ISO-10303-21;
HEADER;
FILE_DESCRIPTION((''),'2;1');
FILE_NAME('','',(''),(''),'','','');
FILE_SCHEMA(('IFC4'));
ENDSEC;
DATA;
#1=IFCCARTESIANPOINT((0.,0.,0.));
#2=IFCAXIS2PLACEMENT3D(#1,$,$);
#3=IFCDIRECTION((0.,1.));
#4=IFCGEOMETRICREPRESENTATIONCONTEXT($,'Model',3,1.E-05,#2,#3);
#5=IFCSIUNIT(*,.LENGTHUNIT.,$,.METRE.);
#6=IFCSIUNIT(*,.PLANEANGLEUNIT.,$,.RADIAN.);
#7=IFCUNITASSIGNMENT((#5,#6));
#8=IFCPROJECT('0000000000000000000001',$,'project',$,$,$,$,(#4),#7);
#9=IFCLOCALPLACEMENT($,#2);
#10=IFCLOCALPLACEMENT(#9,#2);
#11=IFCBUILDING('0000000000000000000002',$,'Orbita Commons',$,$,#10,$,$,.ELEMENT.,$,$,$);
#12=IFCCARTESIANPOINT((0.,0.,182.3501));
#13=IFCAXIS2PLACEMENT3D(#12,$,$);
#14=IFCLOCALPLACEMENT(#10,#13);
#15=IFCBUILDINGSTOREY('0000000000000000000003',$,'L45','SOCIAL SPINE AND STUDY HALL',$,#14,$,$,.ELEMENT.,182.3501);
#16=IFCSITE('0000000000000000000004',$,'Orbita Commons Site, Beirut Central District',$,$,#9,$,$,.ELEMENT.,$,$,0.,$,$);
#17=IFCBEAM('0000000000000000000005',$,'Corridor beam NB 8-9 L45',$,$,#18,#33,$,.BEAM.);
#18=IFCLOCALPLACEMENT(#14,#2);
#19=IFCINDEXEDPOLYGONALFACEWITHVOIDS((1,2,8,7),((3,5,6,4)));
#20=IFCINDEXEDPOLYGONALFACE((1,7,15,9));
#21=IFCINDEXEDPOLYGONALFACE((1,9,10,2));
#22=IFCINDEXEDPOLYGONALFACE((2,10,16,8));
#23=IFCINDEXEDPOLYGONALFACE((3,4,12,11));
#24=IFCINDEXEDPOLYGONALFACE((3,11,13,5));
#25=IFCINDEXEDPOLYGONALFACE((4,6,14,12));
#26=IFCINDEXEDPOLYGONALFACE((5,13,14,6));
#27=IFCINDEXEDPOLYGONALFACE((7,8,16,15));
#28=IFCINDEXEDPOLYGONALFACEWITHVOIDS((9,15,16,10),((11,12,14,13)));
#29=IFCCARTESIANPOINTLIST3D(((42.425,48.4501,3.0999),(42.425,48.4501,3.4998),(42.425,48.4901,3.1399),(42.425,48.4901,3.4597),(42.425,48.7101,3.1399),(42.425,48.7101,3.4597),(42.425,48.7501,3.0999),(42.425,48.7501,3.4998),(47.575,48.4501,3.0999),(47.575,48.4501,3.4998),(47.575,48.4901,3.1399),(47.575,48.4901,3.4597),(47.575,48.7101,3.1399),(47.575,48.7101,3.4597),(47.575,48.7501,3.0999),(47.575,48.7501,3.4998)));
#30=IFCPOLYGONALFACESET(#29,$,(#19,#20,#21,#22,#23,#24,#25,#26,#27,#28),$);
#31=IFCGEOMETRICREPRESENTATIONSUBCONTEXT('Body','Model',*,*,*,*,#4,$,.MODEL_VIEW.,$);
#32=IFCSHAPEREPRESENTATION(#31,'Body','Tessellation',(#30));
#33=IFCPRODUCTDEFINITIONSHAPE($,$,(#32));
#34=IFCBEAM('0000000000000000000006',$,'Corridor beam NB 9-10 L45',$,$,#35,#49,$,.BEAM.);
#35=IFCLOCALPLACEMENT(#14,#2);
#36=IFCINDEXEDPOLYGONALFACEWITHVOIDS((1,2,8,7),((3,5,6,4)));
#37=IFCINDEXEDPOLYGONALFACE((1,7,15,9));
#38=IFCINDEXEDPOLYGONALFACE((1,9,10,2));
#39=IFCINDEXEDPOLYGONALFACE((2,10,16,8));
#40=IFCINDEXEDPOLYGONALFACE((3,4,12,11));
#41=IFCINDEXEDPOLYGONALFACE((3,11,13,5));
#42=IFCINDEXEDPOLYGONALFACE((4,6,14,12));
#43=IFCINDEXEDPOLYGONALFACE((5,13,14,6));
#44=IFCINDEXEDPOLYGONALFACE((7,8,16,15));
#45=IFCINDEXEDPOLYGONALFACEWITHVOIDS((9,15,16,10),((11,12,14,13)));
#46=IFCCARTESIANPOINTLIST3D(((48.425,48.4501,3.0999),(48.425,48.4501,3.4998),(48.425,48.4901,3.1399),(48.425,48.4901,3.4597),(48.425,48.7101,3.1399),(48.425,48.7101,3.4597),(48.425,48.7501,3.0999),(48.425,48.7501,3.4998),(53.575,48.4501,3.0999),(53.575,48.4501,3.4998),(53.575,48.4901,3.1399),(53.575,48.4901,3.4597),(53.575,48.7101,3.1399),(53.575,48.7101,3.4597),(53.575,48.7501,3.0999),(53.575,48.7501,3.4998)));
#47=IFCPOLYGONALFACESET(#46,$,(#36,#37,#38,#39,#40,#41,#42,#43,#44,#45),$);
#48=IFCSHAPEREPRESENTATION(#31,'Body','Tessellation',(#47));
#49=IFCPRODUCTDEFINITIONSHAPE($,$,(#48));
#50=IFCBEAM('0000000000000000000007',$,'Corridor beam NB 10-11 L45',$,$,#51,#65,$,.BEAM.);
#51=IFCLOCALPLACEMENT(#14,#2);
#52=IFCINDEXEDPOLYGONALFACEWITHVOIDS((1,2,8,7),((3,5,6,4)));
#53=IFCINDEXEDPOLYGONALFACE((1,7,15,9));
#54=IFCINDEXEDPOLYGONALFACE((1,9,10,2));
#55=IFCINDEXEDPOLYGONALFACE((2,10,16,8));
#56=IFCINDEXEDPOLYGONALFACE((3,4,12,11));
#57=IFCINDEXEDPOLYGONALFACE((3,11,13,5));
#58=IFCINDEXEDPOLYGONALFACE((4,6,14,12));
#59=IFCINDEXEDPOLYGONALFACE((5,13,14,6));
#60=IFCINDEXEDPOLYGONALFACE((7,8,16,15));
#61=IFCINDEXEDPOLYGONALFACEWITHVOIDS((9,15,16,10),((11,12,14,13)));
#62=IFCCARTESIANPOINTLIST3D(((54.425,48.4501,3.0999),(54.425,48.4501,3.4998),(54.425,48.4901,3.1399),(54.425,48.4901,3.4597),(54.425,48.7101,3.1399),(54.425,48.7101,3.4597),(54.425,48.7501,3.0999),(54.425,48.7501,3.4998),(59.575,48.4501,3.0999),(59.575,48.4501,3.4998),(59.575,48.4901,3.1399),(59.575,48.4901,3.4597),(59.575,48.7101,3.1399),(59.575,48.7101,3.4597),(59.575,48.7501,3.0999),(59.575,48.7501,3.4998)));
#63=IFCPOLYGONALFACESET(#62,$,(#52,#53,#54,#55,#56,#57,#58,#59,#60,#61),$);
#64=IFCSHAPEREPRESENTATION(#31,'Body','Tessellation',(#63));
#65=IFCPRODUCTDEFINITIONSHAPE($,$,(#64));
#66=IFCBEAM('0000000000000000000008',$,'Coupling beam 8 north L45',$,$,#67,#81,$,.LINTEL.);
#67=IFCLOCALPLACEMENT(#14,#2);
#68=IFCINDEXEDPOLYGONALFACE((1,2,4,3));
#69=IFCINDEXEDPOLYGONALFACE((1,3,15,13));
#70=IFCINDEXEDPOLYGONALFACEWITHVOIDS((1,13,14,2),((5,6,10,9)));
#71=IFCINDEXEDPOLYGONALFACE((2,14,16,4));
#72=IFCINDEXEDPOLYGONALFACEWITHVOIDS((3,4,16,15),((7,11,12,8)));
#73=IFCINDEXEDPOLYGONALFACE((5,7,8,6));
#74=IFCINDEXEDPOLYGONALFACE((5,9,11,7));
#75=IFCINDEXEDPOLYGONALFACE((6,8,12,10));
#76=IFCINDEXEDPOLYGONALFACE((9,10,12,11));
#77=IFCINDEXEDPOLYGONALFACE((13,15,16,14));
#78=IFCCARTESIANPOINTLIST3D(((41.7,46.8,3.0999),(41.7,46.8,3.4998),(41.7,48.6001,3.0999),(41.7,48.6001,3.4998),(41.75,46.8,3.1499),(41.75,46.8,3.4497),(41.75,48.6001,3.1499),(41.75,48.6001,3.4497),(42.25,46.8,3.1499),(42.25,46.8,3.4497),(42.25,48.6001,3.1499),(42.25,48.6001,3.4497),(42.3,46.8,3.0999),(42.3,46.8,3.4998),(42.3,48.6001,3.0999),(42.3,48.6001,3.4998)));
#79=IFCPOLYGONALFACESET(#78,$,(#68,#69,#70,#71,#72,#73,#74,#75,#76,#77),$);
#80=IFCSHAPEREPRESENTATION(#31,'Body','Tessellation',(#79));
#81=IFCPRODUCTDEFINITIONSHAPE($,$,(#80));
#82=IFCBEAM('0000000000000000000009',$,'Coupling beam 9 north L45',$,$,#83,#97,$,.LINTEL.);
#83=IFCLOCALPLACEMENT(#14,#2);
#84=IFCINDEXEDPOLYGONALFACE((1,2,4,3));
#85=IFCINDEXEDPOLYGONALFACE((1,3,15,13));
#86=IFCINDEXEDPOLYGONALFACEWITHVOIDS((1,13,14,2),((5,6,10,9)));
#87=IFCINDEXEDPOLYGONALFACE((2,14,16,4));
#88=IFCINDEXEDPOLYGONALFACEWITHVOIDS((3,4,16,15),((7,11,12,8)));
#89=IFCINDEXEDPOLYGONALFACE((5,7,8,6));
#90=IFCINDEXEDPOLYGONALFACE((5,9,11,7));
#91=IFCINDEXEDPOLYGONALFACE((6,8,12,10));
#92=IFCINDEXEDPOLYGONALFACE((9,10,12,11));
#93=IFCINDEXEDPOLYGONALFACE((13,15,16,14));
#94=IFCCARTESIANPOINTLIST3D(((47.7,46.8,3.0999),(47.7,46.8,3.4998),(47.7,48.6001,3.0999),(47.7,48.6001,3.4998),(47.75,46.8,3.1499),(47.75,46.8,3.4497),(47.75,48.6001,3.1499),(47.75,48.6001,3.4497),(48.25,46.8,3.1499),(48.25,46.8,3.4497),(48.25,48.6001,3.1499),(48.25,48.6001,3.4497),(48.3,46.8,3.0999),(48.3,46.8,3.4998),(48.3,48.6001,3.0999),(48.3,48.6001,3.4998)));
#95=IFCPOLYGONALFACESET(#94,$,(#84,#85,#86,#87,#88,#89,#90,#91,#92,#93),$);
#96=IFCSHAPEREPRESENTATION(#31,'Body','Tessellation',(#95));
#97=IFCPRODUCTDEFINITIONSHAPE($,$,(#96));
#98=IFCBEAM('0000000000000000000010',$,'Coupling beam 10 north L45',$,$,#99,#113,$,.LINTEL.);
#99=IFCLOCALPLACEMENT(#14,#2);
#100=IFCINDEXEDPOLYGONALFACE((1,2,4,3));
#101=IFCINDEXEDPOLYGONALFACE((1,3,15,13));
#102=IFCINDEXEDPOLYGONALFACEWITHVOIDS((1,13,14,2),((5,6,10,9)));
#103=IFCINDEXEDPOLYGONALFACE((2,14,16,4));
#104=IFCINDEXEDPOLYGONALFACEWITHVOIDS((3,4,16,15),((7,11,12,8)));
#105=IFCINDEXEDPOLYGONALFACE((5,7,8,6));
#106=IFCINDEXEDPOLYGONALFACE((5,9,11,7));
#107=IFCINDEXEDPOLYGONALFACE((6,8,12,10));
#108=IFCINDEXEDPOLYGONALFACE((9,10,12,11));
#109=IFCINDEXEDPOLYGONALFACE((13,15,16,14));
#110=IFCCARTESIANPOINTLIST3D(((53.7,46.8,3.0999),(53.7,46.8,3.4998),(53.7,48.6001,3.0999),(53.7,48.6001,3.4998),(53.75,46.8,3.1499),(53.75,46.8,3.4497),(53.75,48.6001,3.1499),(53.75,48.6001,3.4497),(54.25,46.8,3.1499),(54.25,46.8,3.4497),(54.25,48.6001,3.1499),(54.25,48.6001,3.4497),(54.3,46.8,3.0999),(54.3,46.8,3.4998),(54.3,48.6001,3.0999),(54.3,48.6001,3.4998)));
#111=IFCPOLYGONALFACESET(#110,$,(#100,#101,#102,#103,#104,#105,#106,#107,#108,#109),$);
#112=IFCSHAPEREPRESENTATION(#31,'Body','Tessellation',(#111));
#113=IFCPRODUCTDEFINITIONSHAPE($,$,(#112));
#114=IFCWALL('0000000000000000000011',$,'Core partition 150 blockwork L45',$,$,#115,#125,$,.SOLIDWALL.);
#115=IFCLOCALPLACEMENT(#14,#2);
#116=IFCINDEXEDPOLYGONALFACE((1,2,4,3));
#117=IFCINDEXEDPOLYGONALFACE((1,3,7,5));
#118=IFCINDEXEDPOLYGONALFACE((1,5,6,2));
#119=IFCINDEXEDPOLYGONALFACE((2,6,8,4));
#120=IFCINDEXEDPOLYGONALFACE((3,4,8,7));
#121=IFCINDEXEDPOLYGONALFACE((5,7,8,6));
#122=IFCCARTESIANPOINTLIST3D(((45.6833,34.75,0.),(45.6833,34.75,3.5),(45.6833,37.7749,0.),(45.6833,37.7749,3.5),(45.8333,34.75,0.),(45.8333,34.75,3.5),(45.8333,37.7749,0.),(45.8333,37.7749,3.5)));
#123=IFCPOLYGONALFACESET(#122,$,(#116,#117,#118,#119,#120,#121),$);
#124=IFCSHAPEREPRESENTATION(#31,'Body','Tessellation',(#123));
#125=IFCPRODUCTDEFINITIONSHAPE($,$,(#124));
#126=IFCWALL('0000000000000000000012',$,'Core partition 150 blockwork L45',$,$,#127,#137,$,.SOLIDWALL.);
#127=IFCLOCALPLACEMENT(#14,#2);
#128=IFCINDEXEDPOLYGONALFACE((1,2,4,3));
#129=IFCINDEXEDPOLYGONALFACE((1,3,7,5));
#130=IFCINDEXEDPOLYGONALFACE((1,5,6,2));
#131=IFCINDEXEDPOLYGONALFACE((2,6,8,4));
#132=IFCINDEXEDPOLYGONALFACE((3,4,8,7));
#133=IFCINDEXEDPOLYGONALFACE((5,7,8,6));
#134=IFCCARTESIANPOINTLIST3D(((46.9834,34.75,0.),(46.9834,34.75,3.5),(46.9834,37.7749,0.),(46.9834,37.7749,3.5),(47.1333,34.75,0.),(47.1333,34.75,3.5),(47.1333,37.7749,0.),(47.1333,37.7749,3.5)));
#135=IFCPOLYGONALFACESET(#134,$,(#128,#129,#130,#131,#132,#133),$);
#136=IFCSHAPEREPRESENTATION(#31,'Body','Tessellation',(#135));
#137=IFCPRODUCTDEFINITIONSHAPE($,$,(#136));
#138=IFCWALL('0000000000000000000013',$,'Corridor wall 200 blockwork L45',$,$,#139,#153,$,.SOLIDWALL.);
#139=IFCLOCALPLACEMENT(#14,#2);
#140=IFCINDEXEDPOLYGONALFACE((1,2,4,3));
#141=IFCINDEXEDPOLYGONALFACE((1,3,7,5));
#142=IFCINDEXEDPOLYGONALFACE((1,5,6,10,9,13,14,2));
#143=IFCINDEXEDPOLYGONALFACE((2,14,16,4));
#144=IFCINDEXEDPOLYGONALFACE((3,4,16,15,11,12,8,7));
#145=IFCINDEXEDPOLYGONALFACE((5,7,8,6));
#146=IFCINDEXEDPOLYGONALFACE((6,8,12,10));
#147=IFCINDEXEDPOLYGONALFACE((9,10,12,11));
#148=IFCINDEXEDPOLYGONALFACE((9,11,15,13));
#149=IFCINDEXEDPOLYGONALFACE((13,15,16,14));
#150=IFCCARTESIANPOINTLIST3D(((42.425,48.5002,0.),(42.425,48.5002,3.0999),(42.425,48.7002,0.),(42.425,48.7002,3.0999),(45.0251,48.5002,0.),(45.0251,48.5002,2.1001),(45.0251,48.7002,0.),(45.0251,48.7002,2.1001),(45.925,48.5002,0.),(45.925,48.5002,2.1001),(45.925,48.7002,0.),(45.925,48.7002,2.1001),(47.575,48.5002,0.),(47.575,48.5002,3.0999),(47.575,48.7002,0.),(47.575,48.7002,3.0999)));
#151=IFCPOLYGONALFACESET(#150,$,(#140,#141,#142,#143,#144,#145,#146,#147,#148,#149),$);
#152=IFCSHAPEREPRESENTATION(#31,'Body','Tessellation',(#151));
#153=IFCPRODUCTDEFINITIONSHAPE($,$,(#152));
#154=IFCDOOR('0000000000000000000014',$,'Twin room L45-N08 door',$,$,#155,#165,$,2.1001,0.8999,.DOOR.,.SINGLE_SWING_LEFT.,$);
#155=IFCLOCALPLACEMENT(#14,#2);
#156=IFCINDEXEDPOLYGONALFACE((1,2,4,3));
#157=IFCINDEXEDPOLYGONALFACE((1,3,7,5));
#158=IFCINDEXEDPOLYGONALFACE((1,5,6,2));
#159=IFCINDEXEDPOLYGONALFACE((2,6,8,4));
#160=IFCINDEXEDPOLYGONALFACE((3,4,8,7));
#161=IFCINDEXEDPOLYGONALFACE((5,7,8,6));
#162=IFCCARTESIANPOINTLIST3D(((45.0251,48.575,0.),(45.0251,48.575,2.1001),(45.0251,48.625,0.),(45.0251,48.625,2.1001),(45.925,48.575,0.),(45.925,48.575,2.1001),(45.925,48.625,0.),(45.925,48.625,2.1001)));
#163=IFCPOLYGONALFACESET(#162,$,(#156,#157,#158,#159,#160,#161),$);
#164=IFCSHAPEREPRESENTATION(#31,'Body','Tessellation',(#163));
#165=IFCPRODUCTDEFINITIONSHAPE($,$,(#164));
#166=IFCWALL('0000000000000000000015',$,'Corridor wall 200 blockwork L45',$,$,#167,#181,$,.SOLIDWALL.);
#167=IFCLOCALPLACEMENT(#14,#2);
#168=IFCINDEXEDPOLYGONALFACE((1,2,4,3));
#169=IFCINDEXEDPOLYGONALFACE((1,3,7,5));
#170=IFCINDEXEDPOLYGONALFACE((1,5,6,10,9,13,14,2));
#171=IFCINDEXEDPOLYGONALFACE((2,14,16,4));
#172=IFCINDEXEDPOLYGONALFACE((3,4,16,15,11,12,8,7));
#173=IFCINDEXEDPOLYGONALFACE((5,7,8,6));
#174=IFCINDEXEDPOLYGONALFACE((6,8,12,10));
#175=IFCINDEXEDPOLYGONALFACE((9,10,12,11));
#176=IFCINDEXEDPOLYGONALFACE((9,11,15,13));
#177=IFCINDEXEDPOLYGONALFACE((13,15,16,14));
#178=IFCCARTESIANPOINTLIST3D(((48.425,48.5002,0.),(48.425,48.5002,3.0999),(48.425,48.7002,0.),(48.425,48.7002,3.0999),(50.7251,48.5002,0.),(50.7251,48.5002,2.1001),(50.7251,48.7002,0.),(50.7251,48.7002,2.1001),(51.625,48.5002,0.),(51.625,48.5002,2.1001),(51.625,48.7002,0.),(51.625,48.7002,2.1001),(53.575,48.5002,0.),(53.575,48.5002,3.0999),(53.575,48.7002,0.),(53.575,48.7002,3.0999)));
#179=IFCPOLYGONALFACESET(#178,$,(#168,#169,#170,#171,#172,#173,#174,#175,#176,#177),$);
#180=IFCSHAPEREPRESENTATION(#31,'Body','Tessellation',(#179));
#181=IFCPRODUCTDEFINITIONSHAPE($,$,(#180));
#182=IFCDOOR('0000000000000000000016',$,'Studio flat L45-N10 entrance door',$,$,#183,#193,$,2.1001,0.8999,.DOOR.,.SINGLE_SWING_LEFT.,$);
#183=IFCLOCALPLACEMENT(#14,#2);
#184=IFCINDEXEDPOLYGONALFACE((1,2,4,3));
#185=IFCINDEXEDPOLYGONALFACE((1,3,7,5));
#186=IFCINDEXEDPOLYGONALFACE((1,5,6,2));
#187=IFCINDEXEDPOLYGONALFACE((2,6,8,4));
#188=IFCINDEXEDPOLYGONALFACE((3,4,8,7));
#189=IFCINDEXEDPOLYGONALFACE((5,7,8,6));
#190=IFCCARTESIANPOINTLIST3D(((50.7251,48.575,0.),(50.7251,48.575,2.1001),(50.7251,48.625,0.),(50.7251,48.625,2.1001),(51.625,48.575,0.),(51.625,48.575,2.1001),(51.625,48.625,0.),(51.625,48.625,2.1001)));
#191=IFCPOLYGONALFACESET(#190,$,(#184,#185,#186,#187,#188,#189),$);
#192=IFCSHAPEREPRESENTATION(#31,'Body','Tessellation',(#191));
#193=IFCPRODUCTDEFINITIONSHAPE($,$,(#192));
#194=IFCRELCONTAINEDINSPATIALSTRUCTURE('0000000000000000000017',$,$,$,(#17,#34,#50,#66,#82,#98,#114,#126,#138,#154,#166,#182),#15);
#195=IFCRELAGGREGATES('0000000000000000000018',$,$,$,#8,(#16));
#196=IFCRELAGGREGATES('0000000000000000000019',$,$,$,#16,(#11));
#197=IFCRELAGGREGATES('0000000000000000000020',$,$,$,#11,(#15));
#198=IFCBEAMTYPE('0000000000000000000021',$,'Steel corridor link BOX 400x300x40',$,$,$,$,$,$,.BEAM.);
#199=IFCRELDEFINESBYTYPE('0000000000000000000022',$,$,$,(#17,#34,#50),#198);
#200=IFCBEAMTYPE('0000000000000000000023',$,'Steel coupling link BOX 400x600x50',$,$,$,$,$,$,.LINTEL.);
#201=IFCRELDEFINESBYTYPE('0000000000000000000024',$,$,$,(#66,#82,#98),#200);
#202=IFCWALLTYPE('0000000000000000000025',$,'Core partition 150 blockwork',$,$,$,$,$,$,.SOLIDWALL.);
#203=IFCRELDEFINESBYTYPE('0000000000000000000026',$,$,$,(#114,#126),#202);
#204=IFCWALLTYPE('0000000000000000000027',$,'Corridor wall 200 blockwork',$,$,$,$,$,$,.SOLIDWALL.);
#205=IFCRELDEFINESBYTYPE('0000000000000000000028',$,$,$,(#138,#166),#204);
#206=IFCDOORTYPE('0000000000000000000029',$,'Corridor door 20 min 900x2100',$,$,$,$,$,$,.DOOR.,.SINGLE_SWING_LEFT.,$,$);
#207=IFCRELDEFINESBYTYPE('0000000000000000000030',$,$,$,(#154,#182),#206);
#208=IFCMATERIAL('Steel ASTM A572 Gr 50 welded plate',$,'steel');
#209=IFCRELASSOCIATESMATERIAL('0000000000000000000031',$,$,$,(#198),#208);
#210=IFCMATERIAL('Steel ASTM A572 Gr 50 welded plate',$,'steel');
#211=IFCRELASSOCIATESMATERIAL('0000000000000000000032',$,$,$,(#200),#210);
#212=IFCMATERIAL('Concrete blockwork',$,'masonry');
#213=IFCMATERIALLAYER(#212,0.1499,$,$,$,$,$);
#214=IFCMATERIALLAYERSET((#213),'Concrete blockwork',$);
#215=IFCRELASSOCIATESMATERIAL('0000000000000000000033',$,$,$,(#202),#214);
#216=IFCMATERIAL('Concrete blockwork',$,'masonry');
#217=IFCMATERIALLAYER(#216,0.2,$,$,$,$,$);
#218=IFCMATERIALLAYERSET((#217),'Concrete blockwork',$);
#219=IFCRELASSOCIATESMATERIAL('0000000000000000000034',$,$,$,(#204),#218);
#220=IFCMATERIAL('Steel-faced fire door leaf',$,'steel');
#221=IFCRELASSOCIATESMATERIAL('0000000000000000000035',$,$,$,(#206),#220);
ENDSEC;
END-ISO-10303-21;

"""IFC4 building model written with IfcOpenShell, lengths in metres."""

from ifc_helpers import new_model, si_unit, direction, frame, frame_2d, origin, origin_2d, place, context, subcontext, project, spatial, polyline, rectangle, hollow_rectangle, outline, extrude, material, layer, layer_set, material_profile, profile_set, type_object, element, fill, save


model = new_model("IFC4")

# Units and contexts
model_context = context("Model", 3, precision=1e-05, world=origin(), true_north=direction((0.0, 1.0)))
body_context = subcontext(model_context, "Body", "Model", "MODEL_VIEW")
ifc_project = project(units=[si_unit("LENGTHUNIT", "METRE"), si_unit("PLANEANGLEUNIT", "RADIAN")], contexts=[model_context])

# Site, building, storey
site_placement = place(None, origin())
site = spatial("IfcSite", under=ifc_project, at=site_placement, Name="Orbita Commons Site, Beirut Central District", CompositionType="ELEMENT", RefElevation=0.0)
building_placement = place(site_placement, origin())
building = spatial("IfcBuilding", under=site, at=building_placement, Name="Orbita Commons", CompositionType="ELEMENT")
storey_placement = place(building_placement, frame((0.0, 0.0, 182.3501)))
storey = spatial("IfcBuildingStorey", under=building, at=storey_placement, Name="L45", Description="SOCIAL SPINE AND STUDY HALL", CompositionType="ELEMENT", Elevation=182.3501)

# Beams
ifc_material_1 = material(Name="Steel ASTM A572 Gr 50 welded plate", Category="steel")
ifc_material_profile_1 = material_profile(ifc_material_1, hollow_rectangle(XDim=0.3, YDim=0.3999, WallThickness=0.04, at=origin_2d()), Name="BOX 400x300x40")
ifc_profile_set_1 = profile_set([ifc_material_profile_1], Name="Steel ASTM A572 Gr 50 welded plate")
beam_type_1 = type_object("IfcBeamType", Name="Steel corridor link BOX 400x300x40", PredefinedType="BEAM", material=ifc_profile_set_1)
for number, where, z_axis, x_axis, name in (
    (1, (42.425, 48.6001, 3.2998), (1.0, 0.0, 0.0), (0.0, 1.0, 0.0), "Corridor beam NB 8-9 L45"),
    (2, (48.425, 48.6001, 3.2998), (1.0, 0.0, 0.0), (0.0, 1.0, 0.0), "Corridor beam NB 9-10 L45"),
    (3, (54.425, 48.6001, 3.2998), (1.0, 0.0, 0.0), (0.0, 1.0, 0.0), "Corridor beam NB 10-11 L45"),
):
    element("IfcBeam", number, at=place(storey_placement, frame(where, z_axis=z_axis, x_axis=x_axis)), inside=storey, type_object=beam_type_1, Name=name, PredefinedType="BEAM", context=body_context, shape_type="SweptSolid", body=[
        extrude(hollow_rectangle(XDim=0.3, YDim=0.3999, WallThickness=0.04, at=origin_2d()), origin(), (0.0, 0.0, 1.0), 5.1499),
    ])
ifc_material_2 = material(Name="Steel ASTM A572 Gr 50 welded plate", Category="steel")
ifc_material_profile_2 = material_profile(ifc_material_2, hollow_rectangle(XDim=0.6001, YDim=0.3999, WallThickness=0.05, at=origin_2d()), Name="BOX 400x600x50")
ifc_profile_set_2 = profile_set([ifc_material_profile_2], Name="Steel ASTM A572 Gr 50 welded plate")
beam_type_2 = type_object("IfcBeamType", Name="Steel coupling link BOX 400x600x50", PredefinedType="LINTEL", material=ifc_profile_set_2)
for number, where, z_axis, x_axis, name in (
    (4, (42.0, 46.8, 3.2998), (0.0, 1.0, 0.0), (-1.0, 0.0, 0.0), "Coupling beam 8 north L45"),
    (5, (48.0, 46.8, 3.2998), (0.0, 1.0, 0.0), (-1.0, 0.0, 0.0), "Coupling beam 9 north L45"),
    (6, (54.0, 46.8, 3.2998), (0.0, 1.0, 0.0), (-1.0, 0.0, 0.0), "Coupling beam 10 north L45"),
):
    element("IfcBeam", number, at=place(storey_placement, frame(where, z_axis=z_axis, x_axis=x_axis)), inside=storey, type_object=beam_type_2, Name=name, PredefinedType="LINTEL", context=body_context, shape_type="SweptSolid", body=[
        extrude(hollow_rectangle(XDim=0.6001, YDim=0.3999, WallThickness=0.05, at=origin_2d()), origin(), (0.0, 0.0, 1.0), 1.8),
    ])

# Walls
ifc_material_3 = material(Name="Concrete blockwork", Category="masonry")
ifc_layer_1 = layer(ifc_material_3, 0.1499)
ifc_layer_set_1 = layer_set([ifc_layer_1], Name="Concrete blockwork")
wall_type_1 = type_object("IfcWallType", Name="Core partition 150 blockwork", PredefinedType="SOLIDWALL", material=ifc_layer_set_1)
for number, where, z_axis, x_axis, name in (
    (7, (45.7583, 34.75, 0.0), (0.0, 0.0, 1.0), (0.0, 1.0, 0.0), "Core partition 150 blockwork L45"),
    (8, (47.0583, 34.75, 0.0), (0.0, 0.0, 1.0), (0.0, 1.0, 0.0), "Core partition 150 blockwork L45"),
):
    element("IfcWall", number, at=place(storey_placement, frame(where, z_axis=z_axis, x_axis=x_axis)), inside=storey, type_object=wall_type_1, Name=name, PredefinedType="SOLIDWALL", context=body_context, shape_type="SweptSolid", body=[
        extrude(rectangle(XDim=3.0249, YDim=0.1499, at=frame_2d((1.5125, 0.0))), origin(), (0.0, 0.0, 1.0), 3.5),
    ])

# Walls, openings, doors
ifc_material_4 = material(Name="Concrete blockwork", Category="masonry")
ifc_layer_2 = layer(ifc_material_4, 0.2)
ifc_layer_set_2 = layer_set([ifc_layer_2], Name="Concrete blockwork")
wall_type_2 = type_object("IfcWallType", Name="Corridor wall 200 blockwork", PredefinedType="SOLIDWALL", material=ifc_layer_set_2)
wall_1_placement = place(storey_placement, frame((42.425, 48.6001, 0.0), z_axis=(0.0, 0.0, 1.0), x_axis=(1.0, 0.0, 0.0)))
wall_1 = element("IfcWall", 9, at=wall_1_placement, inside=storey, type_object=wall_type_2, Name="Corridor wall 200 blockwork L45", PredefinedType="SOLIDWALL", context=body_context, shape_type="SweptSolid", body=[
    extrude(outline(polyline([(0.0, 0.0), (5.1499, 0.0), (5.1499, 3.0999), (0.0, 3.0999), (0.0, 0.0)])), frame((0.0, 0.1001, 0.0), z_axis=(0.0, -1.0, 0.0), x_axis=(1.0, 0.0, 0.0)), (0.0, 0.0, 1.0), 0.2),
])
opening_1_placement = place(wall_1_placement, frame((2.6001, 0.0, 0.0)))
opening_1 = element("IfcOpeningElement", 10, at=opening_1_placement, cuts=wall_1, PredefinedType="OPENING", context=body_context, shape_type="SweptSolid", body=[
    extrude(rectangle(XDim=0.8999, YDim=2.1001, at=frame_2d((0.45, 1.05))), frame((0.0, 0.1099, 0.0), z_axis=(0.0, -1.0, 0.0), x_axis=(1.0, 0.0, 0.0)), (0.0, 0.0, 1.0), 0.22),
])
ifc_material_5 = material(Name="Steel-faced fire door leaf", Category="steel")
door_type_1 = type_object("IfcDoorType", Name="Corridor door 20 min 900x2100", OperationType="SINGLE_SWING_LEFT", PredefinedType="DOOR", material=ifc_material_5)
door_1_placement = place(opening_1_placement, origin())
door_1 = element("IfcDoor", 11, at=door_1_placement, inside=storey, type_object=door_type_1, Name="Twin room L45-N08 door", OperationType="SINGLE_SWING_LEFT", OverallHeight=2.1001, OverallWidth=0.8999, PredefinedType="DOOR", context=body_context, shape_type="SweptSolid", body=[
    extrude(rectangle(XDim=0.8999, YDim=2.1001, at=frame_2d((0.45, 1.05))), frame((0.0, 0.0249, 0.0), z_axis=(0.0, -1.0, 0.0), x_axis=(1.0, 0.0, 0.0)), (0.0, 0.0, 1.0), 0.05),
])
fill(opening_1, door_1)
wall_2_placement = place(storey_placement, frame((48.425, 48.6001, 0.0), z_axis=(0.0, 0.0, 1.0), x_axis=(1.0, 0.0, 0.0)))
wall_2 = element("IfcWall", 12, at=wall_2_placement, inside=storey, type_object=wall_type_2, Name="Corridor wall 200 blockwork L45", PredefinedType="SOLIDWALL", context=body_context, shape_type="SweptSolid", body=[
    extrude(outline(polyline([(0.0, 0.0), (5.1499, 0.0), (5.1499, 3.0999), (0.0, 3.0999), (0.0, 0.0)])), frame((0.0, 0.1001, 0.0), z_axis=(0.0, -1.0, 0.0), x_axis=(1.0, 0.0, 0.0)), (0.0, 0.0, 1.0), 0.2),
])
opening_2_placement = place(wall_2_placement, frame((2.3, 0.0, 0.0)))
opening_2 = element("IfcOpeningElement", 13, at=opening_2_placement, cuts=wall_2, PredefinedType="OPENING", context=body_context, shape_type="SweptSolid", body=[
    extrude(rectangle(XDim=0.8999, YDim=2.1001, at=frame_2d((0.45, 1.05))), frame((0.0, 0.1099, 0.0), z_axis=(0.0, -1.0, 0.0), x_axis=(1.0, 0.0, 0.0)), (0.0, 0.0, 1.0), 0.22),
])
door_2_placement = place(opening_2_placement, origin())
door_2 = element("IfcDoor", 14, at=door_2_placement, inside=storey, type_object=door_type_1, Name="Studio flat L45-N10 entrance door", OperationType="SINGLE_SWING_LEFT", OverallHeight=2.1001, OverallWidth=0.8999, PredefinedType="DOOR", context=body_context, shape_type="SweptSolid", body=[
    extrude(rectangle(XDim=0.8999, YDim=2.1001, at=frame_2d((0.45, 1.05))), frame((0.0, 0.0249, 0.0), z_axis=(0.0, -1.0, 0.0), x_axis=(1.0, 0.0, 0.0)), (0.0, 0.0, 1.0), 0.05),
])
fill(opening_2, door_2)

save(model, "model.ifc")
